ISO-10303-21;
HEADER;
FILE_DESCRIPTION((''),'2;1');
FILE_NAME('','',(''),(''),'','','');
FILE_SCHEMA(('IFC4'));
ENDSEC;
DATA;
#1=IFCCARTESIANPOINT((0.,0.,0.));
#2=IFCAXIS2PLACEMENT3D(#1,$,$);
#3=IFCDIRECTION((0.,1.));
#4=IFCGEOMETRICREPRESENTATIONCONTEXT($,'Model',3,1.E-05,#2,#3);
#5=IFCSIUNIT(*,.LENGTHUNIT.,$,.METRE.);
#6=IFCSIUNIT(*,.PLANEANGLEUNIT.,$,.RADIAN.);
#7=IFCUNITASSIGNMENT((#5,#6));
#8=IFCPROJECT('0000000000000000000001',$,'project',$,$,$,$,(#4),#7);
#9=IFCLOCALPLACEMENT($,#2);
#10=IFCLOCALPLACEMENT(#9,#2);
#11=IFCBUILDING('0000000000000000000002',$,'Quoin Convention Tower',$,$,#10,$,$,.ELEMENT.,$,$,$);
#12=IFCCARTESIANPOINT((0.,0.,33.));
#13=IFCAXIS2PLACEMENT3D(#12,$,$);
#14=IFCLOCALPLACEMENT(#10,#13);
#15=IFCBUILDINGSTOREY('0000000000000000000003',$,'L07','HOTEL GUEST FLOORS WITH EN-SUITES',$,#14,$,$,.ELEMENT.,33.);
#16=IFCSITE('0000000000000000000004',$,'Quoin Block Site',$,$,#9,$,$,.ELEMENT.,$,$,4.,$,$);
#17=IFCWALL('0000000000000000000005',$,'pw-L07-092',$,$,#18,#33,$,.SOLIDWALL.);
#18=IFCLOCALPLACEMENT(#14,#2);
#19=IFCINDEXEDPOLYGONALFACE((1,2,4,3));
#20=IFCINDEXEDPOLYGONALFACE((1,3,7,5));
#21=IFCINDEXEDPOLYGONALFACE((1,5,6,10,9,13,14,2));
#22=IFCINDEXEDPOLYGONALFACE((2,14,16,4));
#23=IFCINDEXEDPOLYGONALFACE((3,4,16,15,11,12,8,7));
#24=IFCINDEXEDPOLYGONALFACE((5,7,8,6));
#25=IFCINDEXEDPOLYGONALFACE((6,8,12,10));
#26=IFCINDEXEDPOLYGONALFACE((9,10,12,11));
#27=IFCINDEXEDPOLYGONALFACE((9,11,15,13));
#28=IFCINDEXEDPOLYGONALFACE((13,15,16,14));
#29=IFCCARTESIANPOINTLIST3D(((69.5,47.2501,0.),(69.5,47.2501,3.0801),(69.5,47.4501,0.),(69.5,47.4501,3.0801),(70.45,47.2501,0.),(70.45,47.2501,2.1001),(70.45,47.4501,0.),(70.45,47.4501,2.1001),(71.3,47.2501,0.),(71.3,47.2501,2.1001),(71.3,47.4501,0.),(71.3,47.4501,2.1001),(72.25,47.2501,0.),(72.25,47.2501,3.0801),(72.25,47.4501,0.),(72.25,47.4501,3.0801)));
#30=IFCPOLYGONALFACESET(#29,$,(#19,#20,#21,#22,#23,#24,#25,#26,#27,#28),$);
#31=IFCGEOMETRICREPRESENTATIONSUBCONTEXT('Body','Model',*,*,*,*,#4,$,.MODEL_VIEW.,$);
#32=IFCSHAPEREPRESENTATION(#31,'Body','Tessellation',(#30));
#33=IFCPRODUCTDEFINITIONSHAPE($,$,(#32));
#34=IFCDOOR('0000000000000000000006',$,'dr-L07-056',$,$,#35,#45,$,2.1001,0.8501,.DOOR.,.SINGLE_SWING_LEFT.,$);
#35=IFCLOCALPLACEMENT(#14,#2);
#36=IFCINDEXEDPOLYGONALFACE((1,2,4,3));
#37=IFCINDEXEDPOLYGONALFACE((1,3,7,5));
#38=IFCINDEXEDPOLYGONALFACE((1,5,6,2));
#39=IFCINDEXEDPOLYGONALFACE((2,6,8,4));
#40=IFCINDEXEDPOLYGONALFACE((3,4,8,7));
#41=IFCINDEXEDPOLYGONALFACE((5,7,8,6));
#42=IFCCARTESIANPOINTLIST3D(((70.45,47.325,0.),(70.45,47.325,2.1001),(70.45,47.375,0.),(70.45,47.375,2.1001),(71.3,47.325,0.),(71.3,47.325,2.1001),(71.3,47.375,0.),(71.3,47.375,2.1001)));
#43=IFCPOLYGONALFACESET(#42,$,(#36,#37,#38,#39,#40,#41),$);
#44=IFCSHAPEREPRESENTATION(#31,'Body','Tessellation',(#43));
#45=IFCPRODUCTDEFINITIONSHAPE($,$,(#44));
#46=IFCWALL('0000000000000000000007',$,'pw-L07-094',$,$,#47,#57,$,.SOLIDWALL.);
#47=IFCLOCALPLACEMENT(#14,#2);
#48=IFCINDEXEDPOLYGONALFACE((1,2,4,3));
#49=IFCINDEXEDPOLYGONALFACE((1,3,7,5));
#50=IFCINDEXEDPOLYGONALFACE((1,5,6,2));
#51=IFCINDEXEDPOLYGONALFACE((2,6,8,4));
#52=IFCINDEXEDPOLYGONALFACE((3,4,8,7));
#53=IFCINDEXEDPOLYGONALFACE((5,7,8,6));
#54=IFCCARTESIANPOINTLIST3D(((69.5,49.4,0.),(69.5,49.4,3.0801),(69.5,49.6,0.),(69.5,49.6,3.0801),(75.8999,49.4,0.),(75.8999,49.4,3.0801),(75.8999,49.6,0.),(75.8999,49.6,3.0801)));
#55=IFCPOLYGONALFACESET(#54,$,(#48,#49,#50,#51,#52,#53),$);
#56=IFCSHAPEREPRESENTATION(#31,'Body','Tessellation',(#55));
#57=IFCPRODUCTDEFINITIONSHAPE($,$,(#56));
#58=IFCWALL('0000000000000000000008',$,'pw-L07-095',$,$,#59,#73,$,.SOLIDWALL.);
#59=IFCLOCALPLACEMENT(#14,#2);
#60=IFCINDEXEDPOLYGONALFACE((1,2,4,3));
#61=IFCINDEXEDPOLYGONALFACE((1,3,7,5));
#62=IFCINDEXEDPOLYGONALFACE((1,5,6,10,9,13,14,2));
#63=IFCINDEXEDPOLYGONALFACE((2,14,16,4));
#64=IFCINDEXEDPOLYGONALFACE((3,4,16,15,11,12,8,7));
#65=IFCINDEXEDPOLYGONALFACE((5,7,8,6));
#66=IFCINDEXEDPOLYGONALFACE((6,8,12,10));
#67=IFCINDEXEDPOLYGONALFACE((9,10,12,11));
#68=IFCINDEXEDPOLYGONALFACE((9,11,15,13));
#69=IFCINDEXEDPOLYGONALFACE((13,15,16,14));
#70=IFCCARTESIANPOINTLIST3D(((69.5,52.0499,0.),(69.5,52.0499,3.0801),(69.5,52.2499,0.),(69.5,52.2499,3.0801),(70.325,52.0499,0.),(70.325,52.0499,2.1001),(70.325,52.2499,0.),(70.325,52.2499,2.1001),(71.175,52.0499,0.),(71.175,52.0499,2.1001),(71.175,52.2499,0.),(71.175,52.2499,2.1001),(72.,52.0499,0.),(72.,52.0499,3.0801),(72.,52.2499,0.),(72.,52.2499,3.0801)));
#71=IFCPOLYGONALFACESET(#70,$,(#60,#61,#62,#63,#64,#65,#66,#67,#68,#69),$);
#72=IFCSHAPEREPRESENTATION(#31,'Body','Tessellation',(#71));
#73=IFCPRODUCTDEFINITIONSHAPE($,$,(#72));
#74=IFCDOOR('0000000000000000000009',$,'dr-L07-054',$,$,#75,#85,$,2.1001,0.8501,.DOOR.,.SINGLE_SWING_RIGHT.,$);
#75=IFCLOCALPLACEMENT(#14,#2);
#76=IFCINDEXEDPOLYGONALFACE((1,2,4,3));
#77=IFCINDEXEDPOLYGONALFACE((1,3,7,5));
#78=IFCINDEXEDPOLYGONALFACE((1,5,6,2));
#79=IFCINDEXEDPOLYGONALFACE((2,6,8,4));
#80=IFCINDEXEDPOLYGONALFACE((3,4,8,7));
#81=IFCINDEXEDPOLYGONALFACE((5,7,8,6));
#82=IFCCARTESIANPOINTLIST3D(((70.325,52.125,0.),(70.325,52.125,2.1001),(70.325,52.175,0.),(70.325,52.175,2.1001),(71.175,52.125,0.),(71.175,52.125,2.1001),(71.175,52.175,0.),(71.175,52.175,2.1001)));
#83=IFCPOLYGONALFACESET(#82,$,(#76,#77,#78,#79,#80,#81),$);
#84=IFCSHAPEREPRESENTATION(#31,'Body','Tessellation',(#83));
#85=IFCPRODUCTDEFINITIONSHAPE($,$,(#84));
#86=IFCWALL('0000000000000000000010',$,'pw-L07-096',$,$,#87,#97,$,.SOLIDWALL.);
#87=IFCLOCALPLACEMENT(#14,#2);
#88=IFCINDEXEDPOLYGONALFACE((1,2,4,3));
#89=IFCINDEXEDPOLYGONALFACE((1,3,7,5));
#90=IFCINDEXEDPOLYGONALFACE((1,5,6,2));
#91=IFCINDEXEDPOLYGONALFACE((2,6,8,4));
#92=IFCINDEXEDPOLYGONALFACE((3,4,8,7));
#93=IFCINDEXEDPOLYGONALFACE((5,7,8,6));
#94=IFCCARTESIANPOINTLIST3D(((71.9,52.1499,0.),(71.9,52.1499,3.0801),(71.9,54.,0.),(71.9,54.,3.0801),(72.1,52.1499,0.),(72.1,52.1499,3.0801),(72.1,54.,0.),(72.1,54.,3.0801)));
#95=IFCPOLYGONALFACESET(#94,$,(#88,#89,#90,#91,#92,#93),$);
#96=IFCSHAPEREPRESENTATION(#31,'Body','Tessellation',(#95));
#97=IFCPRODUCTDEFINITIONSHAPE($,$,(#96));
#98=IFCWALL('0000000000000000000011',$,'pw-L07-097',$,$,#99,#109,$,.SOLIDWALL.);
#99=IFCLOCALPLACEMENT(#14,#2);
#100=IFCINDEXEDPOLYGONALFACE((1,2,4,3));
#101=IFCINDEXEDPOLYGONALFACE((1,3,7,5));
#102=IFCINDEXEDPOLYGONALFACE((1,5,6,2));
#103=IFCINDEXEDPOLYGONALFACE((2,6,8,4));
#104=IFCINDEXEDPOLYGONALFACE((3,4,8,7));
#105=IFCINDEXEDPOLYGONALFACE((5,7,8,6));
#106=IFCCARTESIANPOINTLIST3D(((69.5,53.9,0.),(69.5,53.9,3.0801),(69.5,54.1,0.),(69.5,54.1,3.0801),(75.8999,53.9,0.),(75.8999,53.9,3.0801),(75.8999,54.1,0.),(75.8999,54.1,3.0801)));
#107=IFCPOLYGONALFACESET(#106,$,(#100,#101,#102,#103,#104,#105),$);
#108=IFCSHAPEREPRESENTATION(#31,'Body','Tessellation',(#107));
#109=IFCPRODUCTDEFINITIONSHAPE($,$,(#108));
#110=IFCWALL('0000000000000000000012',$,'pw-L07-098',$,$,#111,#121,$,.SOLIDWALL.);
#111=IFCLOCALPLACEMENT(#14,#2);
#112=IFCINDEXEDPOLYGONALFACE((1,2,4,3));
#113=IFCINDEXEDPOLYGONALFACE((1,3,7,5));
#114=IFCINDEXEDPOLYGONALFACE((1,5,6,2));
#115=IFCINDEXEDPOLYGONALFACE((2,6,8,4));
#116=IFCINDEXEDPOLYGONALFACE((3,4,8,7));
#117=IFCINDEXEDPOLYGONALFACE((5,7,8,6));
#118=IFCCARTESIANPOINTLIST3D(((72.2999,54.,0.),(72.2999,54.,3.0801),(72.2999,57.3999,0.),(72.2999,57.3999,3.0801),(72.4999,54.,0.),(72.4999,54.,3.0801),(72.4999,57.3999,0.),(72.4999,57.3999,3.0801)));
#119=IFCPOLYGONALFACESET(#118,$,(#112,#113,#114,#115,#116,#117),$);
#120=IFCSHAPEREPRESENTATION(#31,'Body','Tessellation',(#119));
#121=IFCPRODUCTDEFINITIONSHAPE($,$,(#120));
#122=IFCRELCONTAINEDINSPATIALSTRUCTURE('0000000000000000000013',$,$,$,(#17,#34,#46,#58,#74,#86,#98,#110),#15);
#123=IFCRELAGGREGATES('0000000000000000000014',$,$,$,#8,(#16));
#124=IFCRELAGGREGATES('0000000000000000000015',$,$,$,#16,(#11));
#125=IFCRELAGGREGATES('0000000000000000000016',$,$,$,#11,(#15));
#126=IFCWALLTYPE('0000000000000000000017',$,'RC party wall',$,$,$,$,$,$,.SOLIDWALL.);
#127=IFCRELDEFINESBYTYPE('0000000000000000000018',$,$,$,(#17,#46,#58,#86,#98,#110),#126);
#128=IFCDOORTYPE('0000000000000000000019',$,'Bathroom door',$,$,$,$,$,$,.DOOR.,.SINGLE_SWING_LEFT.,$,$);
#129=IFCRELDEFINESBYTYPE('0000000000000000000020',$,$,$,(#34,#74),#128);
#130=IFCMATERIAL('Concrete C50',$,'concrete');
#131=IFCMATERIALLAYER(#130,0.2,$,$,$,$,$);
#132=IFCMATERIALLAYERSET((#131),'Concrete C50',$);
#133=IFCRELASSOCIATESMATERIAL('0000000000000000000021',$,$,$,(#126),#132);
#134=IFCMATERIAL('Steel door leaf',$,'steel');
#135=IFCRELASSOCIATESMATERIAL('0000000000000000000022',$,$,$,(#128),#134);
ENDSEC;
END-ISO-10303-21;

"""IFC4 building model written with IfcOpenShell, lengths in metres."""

from ifc_helpers import new_model, si_unit, direction, frame, frame_2d, origin, place, context, subcontext, project, spatial, rectangle, extrude, material, layer, layer_set, type_object, element, fill, save


model = new_model("IFC4")

# Units and contexts
model_context = context("Model", 3, precision=1e-05, world=origin(), true_north=direction((0.0, 1.0)))
body_context = subcontext(model_context, "Body", "Model", "MODEL_VIEW")
ifc_project = project(units=[si_unit("LENGTHUNIT", "METRE"), si_unit("PLANEANGLEUNIT", "RADIAN")], contexts=[model_context])

# Site, building, storey
site_placement = place(None, origin())
site = spatial("IfcSite", under=ifc_project, at=site_placement, Name="Quoin Block Site", CompositionType="ELEMENT", RefElevation=4.0)
building_placement = place(site_placement, origin())
building = spatial("IfcBuilding", under=site, at=building_placement, Name="Quoin Convention Tower", CompositionType="ELEMENT")
storey_placement = place(building_placement, frame((0.0, 0.0, 33.0)))
storey = spatial("IfcBuildingStorey", under=building, at=storey_placement, Name="L07", Description="HOTEL GUEST FLOORS WITH EN-SUITES", CompositionType="ELEMENT", Elevation=33.0)

# Shared definitions
ifc_material_1 = material(Name="Concrete C50", Category="concrete")

# Shared definitions
ifc_material_2 = material(Name="Steel door leaf", Category="steel")

# Wall, opening, door
ifc_layer_1 = layer(ifc_material_1, 0.2)
ifc_layer_set_1 = layer_set([ifc_layer_1], Name="Concrete C50")
wall_type_1 = type_object("IfcWallType", Name="RC party wall", PredefinedType="SOLIDWALL", material=ifc_layer_set_1)
wall_1_placement = place(storey_placement, frame((69.5, 47.3501, 0.0), z_axis=(0.0, 0.0, 1.0), x_axis=(1.0, 0.0, 0.0)))
wall_1 = element("IfcWall", 1, at=wall_1_placement, inside=storey, type_object=wall_type_1, Name="pw-L07-092", PredefinedType="SOLIDWALL", context=body_context, shape_type="SweptSolid", body=[
    extrude(rectangle(XDim=2.75, YDim=0.2, at=frame_2d((1.375, 0.0))), origin(), (0.0, 0.0, 1.0), 3.0801),
])
opening_1_placement = place(wall_1_placement, frame((0.95, 0.0, 0.0)))
opening_1 = element("IfcOpeningElement", 2, at=opening_1_placement, cuts=wall_1, PredefinedType="OPENING", context=body_context, shape_type="SweptSolid", body=[
    extrude(rectangle(XDim=0.8501, YDim=2.1001, at=frame_2d((0.425, 1.05))), frame((0.0, 0.1099, 0.0), z_axis=(0.0, -1.0, 0.0), x_axis=(1.0, 0.0, 0.0)), (0.0, 0.0, 1.0), 0.22),
])
door_type_1 = type_object("IfcDoorType", Name="Bathroom door", OperationType="SINGLE_SWING_LEFT", PredefinedType="DOOR", material=ifc_material_2)
door_1_placement = place(opening_1_placement, origin())
door_1 = element("IfcDoor", 3, at=door_1_placement, inside=storey, type_object=door_type_1, Name="dr-L07-056", OperationType="SINGLE_SWING_LEFT", OverallHeight=2.1001, OverallWidth=0.8501, PredefinedType="DOOR", context=body_context, shape_type="SweptSolid", body=[
    extrude(rectangle(XDim=0.8501, YDim=2.1001, at=frame_2d((0.425, 1.05))), frame((0.0, 0.0249, 0.0), z_axis=(0.0, -1.0, 0.0), x_axis=(1.0, 0.0, 0.0)), (0.0, 0.0, 1.0), 0.05),
])
fill(opening_1, door_1)

# Wall
wall_2_placement = place(storey_placement, frame((69.5, 49.5, 0.0), z_axis=(0.0, 0.0, 1.0), x_axis=(1.0, 0.0, 0.0)))
element("IfcWall", 4, at=wall_2_placement, inside=storey, type_object=wall_type_1, Name="pw-L07-094", PredefinedType="SOLIDWALL", context=body_context, shape_type="SweptSolid", body=[
    extrude(rectangle(XDim=6.3999, YDim=0.2, at=frame_2d((3.2, 0.0))), origin(), (0.0, 0.0, 1.0), 3.0801),
])

# Wall, opening, door
wall_3_placement = place(storey_placement, frame((69.5, 52.1499, 0.0), z_axis=(0.0, 0.0, 1.0), x_axis=(1.0, 0.0, 0.0)))
wall_3 = element("IfcWall", 5, at=wall_3_placement, inside=storey, type_object=wall_type_1, Name="pw-L07-095", PredefinedType="SOLIDWALL", context=body_context, shape_type="SweptSolid", body=[
    extrude(rectangle(XDim=2.5, YDim=0.2, at=frame_2d((1.25, 0.0))), origin(), (0.0, 0.0, 1.0), 3.0801),
])
opening_2_placement = place(wall_3_placement, frame((0.825, 0.0, 0.0)))
opening_2 = element("IfcOpeningElement", 6, at=opening_2_placement, cuts=wall_3, PredefinedType="OPENING", context=body_context, shape_type="SweptSolid", body=[
    extrude(rectangle(XDim=0.8501, YDim=2.1001, at=frame_2d((0.425, 1.05))), frame((0.0, 0.1099, 0.0), z_axis=(0.0, -1.0, 0.0), x_axis=(1.0, 0.0, 0.0)), (0.0, 0.0, 1.0), 0.22),
])
door_2_placement = place(opening_2_placement, frame((0.8501, 0.0, 0.0), z_axis=(0.0, 0.0, 1.0), x_axis=(-1.0, 0.0, 0.0)))
door_2 = element("IfcDoor", 7, at=door_2_placement, inside=storey, type_object=door_type_1, Name="dr-L07-054", OperationType="SINGLE_SWING_RIGHT", OverallHeight=2.1001, OverallWidth=0.8501, PredefinedType="DOOR", context=body_context, shape_type="SweptSolid", body=[
    extrude(rectangle(XDim=0.8501, YDim=2.1001, at=frame_2d((0.425, 1.05))), frame((0.0, 0.0249, 0.0), z_axis=(0.0, -1.0, 0.0), x_axis=(1.0, 0.0, 0.0)), (0.0, 0.0, 1.0), 0.05),
])
fill(opening_2, door_2)

# Walls
wall_4_placement = place(storey_placement, frame((72.0, 52.1499, 0.0), z_axis=(0.0, 0.0, 1.0), x_axis=(0.0, 1.0, 0.0)))
element("IfcWall", 8, at=wall_4_placement, inside=storey, type_object=wall_type_1, Name="pw-L07-096", PredefinedType="SOLIDWALL", context=body_context, shape_type="SweptSolid", body=[
    extrude(rectangle(XDim=1.8501, YDim=0.2, at=frame_2d((0.925, 0.0))), origin(), (0.0, 0.0, 1.0), 3.0801),
])
wall_5_placement = place(storey_placement, frame((69.5, 54.0, 0.0), z_axis=(0.0, 0.0, 1.0), x_axis=(1.0, 0.0, 0.0)))
element("IfcWall", 9, at=wall_5_placement, inside=storey, type_object=wall_type_1, Name="pw-L07-097", PredefinedType="SOLIDWALL", context=body_context, shape_type="SweptSolid", body=[
    extrude(rectangle(XDim=6.3999, YDim=0.2, at=frame_2d((3.2, 0.0))), origin(), (0.0, 0.0, 1.0), 3.0801),
])
wall_6_placement = place(storey_placement, frame((72.3999, 54.0, 0.0), z_axis=(0.0, 0.0, 1.0), x_axis=(0.0, 1.0, 0.0)))
element("IfcWall", 10, at=wall_6_placement, inside=storey, type_object=wall_type_1, Name="pw-L07-098", PredefinedType="SOLIDWALL", context=body_context, shape_type="SweptSolid", body=[
    extrude(rectangle(XDim=3.3999, YDim=0.2, at=frame_2d((1.7, 0.0))), origin(), (0.0, 0.0, 1.0), 3.0801),
])

save(model, "model.ifc")
